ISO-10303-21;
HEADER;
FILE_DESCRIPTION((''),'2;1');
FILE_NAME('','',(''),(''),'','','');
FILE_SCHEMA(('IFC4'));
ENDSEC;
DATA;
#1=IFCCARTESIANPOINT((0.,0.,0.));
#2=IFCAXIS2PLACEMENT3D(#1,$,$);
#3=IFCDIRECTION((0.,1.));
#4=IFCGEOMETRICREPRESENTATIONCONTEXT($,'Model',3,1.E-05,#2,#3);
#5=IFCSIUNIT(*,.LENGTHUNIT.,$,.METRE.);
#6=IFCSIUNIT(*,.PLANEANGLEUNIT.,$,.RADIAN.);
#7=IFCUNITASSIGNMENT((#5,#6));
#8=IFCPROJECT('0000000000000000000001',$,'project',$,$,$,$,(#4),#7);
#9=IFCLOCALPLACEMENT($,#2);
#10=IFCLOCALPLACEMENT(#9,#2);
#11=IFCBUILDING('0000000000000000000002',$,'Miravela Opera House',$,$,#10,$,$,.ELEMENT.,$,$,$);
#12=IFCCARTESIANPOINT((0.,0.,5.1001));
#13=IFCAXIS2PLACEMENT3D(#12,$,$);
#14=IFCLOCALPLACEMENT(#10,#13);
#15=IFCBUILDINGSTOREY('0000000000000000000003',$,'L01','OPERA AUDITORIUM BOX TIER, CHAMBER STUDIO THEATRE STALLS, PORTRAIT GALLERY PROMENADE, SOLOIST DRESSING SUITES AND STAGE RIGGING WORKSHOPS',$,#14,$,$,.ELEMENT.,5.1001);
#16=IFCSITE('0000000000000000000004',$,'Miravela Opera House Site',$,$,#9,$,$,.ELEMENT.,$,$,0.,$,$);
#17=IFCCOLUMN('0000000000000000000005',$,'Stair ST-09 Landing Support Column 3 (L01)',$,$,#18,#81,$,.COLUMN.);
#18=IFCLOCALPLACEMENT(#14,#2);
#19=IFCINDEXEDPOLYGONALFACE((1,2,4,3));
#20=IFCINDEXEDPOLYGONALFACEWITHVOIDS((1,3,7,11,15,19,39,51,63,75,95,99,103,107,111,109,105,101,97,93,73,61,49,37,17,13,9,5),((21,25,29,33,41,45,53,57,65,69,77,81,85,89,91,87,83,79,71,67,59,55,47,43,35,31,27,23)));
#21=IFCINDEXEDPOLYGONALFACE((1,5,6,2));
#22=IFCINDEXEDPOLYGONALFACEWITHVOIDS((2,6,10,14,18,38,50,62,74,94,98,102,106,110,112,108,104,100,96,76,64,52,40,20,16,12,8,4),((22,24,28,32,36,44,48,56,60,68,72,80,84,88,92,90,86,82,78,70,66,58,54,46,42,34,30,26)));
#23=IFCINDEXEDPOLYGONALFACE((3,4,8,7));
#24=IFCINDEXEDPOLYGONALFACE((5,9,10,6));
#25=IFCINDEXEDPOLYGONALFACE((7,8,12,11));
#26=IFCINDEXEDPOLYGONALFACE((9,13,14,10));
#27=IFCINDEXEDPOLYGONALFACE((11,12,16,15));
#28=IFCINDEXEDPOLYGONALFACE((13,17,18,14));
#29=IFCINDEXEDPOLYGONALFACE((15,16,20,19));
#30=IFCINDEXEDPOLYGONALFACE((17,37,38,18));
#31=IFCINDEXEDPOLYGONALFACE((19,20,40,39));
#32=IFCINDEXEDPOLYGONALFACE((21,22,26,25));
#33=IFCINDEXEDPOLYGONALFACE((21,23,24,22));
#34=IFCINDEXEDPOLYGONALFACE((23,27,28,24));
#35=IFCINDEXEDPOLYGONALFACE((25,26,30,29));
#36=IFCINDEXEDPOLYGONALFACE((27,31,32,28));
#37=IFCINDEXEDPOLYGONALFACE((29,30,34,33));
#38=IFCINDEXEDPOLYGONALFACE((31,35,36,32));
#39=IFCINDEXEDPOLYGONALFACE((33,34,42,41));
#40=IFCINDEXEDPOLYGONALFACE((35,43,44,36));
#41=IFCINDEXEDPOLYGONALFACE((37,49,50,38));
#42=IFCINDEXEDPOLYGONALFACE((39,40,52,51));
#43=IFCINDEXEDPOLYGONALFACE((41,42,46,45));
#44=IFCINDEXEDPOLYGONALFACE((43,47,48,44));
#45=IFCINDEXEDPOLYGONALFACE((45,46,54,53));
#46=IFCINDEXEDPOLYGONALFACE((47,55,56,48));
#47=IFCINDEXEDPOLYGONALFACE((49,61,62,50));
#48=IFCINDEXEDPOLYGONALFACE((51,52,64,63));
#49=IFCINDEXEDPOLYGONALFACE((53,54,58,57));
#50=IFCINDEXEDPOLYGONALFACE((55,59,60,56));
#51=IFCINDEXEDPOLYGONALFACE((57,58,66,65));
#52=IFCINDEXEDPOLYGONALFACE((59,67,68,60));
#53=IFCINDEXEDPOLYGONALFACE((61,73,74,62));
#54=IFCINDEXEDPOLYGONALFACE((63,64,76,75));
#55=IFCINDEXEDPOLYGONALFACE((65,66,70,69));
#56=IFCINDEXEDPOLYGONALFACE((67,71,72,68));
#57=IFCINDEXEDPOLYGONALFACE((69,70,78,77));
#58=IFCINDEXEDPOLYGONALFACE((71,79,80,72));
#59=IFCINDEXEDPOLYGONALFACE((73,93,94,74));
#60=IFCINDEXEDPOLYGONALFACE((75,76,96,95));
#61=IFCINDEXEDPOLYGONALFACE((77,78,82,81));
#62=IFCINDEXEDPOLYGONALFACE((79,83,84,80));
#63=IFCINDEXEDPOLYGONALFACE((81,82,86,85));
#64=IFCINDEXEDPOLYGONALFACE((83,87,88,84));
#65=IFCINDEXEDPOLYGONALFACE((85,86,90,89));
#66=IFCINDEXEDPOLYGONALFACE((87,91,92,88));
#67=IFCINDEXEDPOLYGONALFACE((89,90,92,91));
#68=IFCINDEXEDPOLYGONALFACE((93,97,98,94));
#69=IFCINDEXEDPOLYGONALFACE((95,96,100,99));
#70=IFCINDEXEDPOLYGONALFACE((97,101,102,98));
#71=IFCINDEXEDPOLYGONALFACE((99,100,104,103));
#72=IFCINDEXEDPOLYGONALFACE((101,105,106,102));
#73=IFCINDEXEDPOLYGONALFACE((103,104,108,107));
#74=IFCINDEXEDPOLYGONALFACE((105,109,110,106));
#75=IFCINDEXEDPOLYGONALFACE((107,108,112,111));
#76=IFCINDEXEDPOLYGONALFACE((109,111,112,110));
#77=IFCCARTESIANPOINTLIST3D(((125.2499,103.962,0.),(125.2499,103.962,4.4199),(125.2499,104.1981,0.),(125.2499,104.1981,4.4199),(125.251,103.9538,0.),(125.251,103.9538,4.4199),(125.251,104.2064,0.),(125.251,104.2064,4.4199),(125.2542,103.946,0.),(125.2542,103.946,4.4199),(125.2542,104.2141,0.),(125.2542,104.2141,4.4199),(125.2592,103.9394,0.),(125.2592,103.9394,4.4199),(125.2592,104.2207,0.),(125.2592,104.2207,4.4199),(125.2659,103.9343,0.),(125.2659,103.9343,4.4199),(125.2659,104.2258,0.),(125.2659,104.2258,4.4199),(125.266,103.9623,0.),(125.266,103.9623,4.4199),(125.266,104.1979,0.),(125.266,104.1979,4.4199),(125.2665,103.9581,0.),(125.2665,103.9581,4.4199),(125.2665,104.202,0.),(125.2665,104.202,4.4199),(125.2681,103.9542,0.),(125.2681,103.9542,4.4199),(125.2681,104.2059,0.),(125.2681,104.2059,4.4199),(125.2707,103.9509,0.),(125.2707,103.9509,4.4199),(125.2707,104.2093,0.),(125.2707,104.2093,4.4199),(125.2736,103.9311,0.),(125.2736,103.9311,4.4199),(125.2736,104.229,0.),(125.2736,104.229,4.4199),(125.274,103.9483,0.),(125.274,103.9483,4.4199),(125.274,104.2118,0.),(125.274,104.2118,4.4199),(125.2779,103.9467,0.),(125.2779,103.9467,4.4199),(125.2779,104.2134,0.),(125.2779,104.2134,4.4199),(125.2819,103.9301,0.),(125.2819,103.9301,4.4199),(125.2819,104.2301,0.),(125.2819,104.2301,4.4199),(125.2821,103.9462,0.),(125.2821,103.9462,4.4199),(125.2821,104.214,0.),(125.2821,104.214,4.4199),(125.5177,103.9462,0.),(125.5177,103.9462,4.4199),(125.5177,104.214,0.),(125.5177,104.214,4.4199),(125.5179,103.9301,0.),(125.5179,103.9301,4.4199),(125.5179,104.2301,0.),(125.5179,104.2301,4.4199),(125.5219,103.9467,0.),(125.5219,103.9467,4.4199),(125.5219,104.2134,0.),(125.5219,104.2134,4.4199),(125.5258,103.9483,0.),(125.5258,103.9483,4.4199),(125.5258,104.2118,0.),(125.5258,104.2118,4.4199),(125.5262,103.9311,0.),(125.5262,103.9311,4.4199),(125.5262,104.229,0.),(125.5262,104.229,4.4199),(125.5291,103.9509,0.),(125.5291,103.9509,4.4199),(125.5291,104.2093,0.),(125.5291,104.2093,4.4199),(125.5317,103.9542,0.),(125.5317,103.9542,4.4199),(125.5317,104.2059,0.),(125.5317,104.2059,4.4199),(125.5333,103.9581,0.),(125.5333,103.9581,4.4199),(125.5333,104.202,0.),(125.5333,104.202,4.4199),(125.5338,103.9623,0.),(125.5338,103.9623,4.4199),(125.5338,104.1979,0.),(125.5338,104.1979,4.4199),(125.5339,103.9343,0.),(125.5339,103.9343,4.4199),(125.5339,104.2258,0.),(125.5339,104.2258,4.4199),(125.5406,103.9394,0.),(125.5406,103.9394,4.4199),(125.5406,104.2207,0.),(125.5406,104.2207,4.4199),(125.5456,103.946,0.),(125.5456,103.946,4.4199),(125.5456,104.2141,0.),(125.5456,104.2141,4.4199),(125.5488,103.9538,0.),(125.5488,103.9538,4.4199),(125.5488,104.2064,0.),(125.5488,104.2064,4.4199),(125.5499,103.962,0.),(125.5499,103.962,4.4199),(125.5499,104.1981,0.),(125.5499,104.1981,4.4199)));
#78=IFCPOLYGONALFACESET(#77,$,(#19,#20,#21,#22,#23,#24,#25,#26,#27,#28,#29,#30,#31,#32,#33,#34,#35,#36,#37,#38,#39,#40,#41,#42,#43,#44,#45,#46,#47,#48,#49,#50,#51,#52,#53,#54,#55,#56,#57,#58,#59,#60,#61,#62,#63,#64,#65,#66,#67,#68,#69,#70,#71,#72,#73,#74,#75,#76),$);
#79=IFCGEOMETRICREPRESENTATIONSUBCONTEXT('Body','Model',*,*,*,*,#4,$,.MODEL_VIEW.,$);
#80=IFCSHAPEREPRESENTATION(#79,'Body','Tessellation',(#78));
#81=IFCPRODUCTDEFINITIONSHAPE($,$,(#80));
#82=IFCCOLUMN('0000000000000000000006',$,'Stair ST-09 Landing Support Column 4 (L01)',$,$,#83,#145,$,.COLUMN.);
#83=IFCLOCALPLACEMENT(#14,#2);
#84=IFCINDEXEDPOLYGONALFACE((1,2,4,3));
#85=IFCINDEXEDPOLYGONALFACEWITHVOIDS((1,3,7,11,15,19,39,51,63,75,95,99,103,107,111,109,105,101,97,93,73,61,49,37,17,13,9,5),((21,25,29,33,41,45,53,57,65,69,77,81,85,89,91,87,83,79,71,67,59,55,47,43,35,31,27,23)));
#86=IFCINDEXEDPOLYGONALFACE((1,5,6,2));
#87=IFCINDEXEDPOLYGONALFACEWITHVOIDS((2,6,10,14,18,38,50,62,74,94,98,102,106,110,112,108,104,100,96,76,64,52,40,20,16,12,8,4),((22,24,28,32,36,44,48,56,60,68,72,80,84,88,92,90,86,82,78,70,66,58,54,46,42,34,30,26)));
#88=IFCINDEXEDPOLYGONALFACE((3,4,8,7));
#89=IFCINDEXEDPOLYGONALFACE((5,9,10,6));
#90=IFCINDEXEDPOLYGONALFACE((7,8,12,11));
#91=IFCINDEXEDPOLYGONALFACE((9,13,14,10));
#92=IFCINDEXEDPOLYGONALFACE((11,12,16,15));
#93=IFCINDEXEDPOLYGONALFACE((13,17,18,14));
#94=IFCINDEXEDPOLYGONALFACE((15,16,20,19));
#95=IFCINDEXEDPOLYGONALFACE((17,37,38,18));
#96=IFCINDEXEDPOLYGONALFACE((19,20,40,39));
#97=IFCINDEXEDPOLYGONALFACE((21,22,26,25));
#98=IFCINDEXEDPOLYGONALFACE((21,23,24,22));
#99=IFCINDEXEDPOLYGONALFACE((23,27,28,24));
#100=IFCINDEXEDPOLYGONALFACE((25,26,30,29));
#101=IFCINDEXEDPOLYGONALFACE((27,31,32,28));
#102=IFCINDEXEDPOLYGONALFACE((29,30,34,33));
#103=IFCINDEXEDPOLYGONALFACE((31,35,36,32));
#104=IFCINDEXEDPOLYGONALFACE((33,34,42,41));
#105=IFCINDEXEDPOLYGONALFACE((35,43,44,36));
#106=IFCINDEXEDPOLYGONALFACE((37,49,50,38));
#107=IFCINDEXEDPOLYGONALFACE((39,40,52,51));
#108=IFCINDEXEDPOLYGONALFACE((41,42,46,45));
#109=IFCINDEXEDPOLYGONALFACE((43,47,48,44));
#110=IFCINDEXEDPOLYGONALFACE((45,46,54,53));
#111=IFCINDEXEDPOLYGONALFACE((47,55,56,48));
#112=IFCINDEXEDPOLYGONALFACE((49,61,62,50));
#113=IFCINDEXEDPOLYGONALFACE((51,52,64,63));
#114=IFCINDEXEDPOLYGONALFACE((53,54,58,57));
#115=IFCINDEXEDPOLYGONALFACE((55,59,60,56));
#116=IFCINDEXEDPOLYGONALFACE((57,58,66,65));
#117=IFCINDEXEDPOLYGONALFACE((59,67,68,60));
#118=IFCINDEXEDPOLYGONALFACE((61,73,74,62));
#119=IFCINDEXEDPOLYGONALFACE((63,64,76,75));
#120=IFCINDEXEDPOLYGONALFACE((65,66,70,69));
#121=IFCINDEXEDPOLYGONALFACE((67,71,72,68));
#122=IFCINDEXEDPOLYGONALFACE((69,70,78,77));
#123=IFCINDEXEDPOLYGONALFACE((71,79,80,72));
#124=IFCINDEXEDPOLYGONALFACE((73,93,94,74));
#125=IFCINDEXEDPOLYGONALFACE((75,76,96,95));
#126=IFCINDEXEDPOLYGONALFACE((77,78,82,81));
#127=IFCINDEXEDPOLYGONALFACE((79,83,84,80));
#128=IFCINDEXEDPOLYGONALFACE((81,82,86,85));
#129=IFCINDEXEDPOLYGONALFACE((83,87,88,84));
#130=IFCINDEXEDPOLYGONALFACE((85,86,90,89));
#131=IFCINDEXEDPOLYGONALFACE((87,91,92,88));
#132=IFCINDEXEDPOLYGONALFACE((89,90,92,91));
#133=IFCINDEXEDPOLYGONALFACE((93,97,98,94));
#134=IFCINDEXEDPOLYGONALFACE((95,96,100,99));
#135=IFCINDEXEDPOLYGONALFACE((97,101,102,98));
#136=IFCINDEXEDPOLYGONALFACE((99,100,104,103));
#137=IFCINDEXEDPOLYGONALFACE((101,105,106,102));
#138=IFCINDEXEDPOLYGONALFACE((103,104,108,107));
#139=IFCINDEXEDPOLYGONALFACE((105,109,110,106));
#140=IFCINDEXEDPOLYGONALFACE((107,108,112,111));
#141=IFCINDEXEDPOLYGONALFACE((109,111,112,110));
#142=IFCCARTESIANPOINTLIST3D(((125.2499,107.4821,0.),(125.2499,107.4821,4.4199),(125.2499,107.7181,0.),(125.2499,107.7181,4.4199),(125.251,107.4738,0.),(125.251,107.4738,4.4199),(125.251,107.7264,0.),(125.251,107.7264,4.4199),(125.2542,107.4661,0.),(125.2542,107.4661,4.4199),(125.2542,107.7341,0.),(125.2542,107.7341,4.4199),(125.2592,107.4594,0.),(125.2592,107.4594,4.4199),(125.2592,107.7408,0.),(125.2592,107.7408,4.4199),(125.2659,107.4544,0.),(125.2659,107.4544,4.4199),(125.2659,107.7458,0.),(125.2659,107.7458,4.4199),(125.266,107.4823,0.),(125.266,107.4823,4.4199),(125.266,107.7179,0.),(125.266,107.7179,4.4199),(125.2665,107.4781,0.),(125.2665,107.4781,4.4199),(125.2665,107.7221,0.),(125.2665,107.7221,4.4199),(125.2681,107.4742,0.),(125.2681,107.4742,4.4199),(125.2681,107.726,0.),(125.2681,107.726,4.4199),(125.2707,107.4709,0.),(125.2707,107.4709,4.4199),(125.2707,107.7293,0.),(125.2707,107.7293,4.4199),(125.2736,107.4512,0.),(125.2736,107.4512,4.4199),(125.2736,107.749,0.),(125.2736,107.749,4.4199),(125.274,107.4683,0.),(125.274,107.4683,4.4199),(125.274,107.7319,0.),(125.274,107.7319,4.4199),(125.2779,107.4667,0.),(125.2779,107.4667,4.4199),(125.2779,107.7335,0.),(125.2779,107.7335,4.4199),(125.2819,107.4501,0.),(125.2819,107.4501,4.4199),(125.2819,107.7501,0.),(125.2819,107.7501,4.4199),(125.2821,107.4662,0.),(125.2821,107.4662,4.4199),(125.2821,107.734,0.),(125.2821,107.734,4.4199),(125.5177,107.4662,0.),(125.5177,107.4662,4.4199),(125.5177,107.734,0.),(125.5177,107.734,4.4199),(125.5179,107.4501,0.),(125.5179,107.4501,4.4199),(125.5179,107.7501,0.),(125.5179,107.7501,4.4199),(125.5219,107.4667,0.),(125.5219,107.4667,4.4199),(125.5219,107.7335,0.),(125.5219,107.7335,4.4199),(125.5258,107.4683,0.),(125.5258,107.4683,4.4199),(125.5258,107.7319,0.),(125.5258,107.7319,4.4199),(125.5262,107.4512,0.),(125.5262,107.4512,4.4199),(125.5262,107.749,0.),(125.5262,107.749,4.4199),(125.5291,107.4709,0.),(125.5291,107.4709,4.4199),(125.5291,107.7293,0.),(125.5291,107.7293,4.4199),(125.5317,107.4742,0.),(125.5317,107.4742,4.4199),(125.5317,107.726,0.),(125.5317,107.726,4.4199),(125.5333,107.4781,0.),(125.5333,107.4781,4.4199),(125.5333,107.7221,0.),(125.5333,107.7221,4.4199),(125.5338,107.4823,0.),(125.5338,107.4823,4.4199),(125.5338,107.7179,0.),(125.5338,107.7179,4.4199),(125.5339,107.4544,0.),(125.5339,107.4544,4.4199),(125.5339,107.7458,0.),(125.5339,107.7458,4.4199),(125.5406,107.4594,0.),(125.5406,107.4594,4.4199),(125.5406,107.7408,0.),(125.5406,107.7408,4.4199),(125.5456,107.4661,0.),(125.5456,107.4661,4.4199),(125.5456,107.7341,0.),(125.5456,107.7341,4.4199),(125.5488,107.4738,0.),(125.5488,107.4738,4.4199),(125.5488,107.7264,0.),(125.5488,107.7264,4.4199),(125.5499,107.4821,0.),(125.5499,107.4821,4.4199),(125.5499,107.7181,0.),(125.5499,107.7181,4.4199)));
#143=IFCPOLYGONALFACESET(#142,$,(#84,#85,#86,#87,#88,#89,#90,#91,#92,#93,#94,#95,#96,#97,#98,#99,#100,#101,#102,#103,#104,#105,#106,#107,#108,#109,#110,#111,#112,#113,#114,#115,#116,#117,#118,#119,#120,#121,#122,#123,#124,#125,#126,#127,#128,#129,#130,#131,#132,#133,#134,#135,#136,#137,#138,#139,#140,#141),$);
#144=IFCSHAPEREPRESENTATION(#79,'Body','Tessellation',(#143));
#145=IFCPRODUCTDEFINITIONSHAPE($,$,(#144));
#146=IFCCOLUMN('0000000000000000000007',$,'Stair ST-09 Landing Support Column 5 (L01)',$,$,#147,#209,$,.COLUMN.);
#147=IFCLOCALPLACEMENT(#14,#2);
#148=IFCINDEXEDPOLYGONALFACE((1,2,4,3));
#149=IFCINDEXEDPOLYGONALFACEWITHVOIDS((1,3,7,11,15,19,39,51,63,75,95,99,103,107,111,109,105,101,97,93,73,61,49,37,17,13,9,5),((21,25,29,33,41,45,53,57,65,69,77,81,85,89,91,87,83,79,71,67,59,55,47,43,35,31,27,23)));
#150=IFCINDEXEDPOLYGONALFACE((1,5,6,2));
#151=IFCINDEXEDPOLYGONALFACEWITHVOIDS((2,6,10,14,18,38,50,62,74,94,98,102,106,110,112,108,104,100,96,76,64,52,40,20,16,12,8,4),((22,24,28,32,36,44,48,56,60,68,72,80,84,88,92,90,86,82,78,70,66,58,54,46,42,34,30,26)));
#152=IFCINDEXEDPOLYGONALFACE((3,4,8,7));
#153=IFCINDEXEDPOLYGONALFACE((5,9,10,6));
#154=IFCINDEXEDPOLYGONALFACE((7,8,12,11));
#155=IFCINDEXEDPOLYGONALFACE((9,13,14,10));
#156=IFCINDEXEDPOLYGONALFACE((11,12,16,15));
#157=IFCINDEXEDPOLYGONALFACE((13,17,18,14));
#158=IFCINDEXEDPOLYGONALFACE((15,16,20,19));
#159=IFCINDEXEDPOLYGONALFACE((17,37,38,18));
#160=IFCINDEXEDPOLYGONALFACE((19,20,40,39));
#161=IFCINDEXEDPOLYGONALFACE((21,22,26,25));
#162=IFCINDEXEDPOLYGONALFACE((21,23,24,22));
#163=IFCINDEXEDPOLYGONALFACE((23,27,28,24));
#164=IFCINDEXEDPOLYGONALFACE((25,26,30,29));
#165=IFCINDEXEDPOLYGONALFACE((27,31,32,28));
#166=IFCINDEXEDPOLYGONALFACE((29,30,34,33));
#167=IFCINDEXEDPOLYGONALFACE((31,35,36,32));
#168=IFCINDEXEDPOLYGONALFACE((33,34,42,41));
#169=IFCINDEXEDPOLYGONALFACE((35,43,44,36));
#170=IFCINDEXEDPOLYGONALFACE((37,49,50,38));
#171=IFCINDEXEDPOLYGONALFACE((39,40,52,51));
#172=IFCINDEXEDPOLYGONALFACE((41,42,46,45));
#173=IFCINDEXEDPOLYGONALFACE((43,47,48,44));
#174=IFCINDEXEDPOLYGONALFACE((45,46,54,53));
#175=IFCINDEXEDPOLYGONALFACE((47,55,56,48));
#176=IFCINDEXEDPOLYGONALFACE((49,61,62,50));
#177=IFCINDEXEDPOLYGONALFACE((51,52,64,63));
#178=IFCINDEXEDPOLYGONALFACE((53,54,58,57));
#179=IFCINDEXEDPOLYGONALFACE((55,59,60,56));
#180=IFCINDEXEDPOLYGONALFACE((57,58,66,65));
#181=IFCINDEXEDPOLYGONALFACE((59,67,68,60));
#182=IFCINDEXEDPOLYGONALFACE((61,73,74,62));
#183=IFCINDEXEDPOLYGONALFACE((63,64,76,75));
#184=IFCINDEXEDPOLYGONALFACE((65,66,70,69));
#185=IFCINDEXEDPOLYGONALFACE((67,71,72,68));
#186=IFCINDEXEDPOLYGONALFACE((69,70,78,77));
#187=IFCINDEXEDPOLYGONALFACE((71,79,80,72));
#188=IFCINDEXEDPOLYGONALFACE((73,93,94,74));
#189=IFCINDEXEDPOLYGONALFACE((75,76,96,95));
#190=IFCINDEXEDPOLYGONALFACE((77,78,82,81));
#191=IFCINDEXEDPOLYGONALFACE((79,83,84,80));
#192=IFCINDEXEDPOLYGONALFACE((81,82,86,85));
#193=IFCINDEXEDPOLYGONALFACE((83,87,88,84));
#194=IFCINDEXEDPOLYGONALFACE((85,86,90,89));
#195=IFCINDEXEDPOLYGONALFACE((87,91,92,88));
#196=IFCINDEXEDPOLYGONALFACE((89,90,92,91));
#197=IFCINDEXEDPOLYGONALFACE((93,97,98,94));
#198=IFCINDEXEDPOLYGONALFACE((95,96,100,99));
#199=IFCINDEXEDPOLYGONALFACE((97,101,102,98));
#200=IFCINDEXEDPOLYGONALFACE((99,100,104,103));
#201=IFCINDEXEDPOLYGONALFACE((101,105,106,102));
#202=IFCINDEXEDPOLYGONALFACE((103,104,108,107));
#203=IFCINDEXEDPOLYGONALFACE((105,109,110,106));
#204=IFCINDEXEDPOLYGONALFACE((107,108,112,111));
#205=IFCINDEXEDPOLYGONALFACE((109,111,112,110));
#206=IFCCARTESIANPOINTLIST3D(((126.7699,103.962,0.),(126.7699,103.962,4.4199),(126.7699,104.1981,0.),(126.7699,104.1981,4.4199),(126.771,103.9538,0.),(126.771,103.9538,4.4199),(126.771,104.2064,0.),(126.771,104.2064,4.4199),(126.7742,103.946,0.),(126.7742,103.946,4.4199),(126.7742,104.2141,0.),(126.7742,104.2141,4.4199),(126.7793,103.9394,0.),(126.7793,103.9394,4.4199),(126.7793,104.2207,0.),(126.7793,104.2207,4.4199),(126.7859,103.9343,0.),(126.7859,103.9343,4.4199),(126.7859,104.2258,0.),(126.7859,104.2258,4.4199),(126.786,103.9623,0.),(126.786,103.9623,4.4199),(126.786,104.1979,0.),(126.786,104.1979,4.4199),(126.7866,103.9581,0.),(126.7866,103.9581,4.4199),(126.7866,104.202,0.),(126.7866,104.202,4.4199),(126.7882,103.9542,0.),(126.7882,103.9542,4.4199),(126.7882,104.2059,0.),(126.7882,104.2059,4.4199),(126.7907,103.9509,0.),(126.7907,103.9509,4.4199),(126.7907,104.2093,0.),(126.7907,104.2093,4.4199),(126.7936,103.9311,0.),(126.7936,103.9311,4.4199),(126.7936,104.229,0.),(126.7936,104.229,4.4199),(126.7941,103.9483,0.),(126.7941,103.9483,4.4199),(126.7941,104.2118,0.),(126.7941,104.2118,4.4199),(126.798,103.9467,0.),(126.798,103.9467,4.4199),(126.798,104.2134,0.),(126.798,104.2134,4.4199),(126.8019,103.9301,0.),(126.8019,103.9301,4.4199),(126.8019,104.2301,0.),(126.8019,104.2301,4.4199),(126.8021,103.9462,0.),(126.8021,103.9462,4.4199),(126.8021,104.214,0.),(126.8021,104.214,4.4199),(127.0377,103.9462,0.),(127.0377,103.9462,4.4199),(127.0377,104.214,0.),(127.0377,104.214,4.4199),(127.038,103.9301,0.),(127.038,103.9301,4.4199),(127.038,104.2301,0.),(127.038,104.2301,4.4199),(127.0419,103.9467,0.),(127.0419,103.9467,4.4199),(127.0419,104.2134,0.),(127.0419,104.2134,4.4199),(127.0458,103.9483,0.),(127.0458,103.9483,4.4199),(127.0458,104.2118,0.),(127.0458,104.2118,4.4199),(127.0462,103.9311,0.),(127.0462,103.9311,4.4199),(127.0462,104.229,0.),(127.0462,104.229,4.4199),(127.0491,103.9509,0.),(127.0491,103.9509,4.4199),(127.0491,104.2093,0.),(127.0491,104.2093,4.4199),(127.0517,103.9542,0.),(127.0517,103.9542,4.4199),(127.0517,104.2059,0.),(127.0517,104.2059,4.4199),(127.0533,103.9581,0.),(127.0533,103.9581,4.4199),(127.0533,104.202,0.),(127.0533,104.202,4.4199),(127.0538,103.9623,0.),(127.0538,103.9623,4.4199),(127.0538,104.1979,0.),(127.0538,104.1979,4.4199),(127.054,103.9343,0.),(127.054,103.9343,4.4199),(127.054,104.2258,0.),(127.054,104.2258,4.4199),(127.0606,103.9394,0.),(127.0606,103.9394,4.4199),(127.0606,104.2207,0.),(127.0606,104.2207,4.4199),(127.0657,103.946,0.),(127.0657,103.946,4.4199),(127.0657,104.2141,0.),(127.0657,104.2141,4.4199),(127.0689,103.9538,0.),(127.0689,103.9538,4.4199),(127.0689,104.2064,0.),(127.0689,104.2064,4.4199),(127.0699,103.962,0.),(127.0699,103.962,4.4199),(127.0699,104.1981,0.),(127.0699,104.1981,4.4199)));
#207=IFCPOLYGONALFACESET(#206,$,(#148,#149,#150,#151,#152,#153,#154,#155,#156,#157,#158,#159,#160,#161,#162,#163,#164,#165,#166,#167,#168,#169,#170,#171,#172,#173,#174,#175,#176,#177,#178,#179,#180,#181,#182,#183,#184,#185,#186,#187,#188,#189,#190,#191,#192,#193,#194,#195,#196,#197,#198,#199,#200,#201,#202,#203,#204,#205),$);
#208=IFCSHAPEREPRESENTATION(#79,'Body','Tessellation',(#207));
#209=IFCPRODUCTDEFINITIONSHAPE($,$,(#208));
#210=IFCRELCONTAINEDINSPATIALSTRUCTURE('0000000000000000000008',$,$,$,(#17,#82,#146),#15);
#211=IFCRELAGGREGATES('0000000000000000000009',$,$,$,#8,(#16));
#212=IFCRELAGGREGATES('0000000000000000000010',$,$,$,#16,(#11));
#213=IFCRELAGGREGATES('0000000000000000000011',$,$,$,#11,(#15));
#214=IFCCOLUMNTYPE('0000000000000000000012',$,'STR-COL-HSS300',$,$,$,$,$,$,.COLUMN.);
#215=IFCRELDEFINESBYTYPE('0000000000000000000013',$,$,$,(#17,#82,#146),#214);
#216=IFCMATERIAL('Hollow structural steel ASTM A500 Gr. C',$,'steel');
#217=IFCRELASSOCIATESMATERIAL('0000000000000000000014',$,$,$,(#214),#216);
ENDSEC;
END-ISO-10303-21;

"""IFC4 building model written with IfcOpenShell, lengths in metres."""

from ifc_helpers import new_model, si_unit, direction, frame, origin, origin_2d, place, context, subcontext, project, spatial, hollow_rectangle, extrude, material, material_profile, profile_set, type_object, element, save


model = new_model("IFC4")

# Units and contexts
model_context = context("Model", 3, precision=1e-05, world=origin(), true_north=direction((0.0, 1.0)))
body_context = subcontext(model_context, "Body", "Model", "MODEL_VIEW")
ifc_project = project(units=[si_unit("LENGTHUNIT", "METRE"), si_unit("PLANEANGLEUNIT", "RADIAN")], contexts=[model_context])

# Site, building, storey
site_placement = place(None, origin())
site = spatial("IfcSite", under=ifc_project, at=site_placement, Name="Miravela Opera House Site", CompositionType="ELEMENT", RefElevation=0.0)
building_placement = place(site_placement, origin())
building = spatial("IfcBuilding", under=site, at=building_placement, Name="Miravela Opera House", CompositionType="ELEMENT")
storey_placement = place(building_placement, frame((0.0, 0.0, 5.1001)))
storey = spatial("IfcBuildingStorey", under=building, at=storey_placement, Name="L01", Description="OPERA AUDITORIUM BOX TIER, CHAMBER STUDIO THEATRE STALLS, PORTRAIT GALLERY PROMENADE, SOLOIST DRESSING SUITES AND STAGE RIGGING WORKSHOPS", CompositionType="ELEMENT", Elevation=5.1001)

# Columns
ifc_material_1 = material(Name="Hollow structural steel ASTM A500 Gr. C", Category="steel")
ifc_material_profile_1 = material_profile(ifc_material_1, hollow_rectangle(XDim=0.3, YDim=0.3, WallThickness=0.0161, InnerFilletRadius=0.0161, OuterFilletRadius=0.032, at=origin_2d()), Name="HSS300X300X16")
ifc_profile_set_1 = profile_set([ifc_material_profile_1])
column_type_1 = type_object("IfcColumnType", Name="STR-COL-HSS300", PredefinedType="COLUMN", material=ifc_profile_set_1)
for number, where, z_axis, x_axis, name in (
    (1, (125.3999, 104.0801, 0.0), (0.0, 0.0, 1.0), (1.0, 0.0, 0.0), "Stair ST-09 Landing Support Column 3 (L01)"),
    (2, (125.3999, 107.6001, 0.0), (0.0, 0.0, 1.0), (1.0, 0.0, 0.0), "Stair ST-09 Landing Support Column 4 (L01)"),
    (3, (126.9199, 104.0801, 0.0), (0.0, 0.0, 1.0), (1.0, 0.0, 0.0), "Stair ST-09 Landing Support Column 5 (L01)"),
):
    element("IfcColumn", number, at=place(storey_placement, frame(where, z_axis=z_axis, x_axis=x_axis)), inside=storey, type_object=column_type_1, Name=name, PredefinedType="COLUMN", context=body_context, shape_type="SweptSolid", body=[
        extrude(hollow_rectangle(XDim=0.3, YDim=0.3, WallThickness=0.0161, InnerFilletRadius=0.0161, OuterFilletRadius=0.032, at=origin_2d()), origin(), (0.0, 0.0, 1.0), 4.4199),
    ])

save(model, "model.ifc")
